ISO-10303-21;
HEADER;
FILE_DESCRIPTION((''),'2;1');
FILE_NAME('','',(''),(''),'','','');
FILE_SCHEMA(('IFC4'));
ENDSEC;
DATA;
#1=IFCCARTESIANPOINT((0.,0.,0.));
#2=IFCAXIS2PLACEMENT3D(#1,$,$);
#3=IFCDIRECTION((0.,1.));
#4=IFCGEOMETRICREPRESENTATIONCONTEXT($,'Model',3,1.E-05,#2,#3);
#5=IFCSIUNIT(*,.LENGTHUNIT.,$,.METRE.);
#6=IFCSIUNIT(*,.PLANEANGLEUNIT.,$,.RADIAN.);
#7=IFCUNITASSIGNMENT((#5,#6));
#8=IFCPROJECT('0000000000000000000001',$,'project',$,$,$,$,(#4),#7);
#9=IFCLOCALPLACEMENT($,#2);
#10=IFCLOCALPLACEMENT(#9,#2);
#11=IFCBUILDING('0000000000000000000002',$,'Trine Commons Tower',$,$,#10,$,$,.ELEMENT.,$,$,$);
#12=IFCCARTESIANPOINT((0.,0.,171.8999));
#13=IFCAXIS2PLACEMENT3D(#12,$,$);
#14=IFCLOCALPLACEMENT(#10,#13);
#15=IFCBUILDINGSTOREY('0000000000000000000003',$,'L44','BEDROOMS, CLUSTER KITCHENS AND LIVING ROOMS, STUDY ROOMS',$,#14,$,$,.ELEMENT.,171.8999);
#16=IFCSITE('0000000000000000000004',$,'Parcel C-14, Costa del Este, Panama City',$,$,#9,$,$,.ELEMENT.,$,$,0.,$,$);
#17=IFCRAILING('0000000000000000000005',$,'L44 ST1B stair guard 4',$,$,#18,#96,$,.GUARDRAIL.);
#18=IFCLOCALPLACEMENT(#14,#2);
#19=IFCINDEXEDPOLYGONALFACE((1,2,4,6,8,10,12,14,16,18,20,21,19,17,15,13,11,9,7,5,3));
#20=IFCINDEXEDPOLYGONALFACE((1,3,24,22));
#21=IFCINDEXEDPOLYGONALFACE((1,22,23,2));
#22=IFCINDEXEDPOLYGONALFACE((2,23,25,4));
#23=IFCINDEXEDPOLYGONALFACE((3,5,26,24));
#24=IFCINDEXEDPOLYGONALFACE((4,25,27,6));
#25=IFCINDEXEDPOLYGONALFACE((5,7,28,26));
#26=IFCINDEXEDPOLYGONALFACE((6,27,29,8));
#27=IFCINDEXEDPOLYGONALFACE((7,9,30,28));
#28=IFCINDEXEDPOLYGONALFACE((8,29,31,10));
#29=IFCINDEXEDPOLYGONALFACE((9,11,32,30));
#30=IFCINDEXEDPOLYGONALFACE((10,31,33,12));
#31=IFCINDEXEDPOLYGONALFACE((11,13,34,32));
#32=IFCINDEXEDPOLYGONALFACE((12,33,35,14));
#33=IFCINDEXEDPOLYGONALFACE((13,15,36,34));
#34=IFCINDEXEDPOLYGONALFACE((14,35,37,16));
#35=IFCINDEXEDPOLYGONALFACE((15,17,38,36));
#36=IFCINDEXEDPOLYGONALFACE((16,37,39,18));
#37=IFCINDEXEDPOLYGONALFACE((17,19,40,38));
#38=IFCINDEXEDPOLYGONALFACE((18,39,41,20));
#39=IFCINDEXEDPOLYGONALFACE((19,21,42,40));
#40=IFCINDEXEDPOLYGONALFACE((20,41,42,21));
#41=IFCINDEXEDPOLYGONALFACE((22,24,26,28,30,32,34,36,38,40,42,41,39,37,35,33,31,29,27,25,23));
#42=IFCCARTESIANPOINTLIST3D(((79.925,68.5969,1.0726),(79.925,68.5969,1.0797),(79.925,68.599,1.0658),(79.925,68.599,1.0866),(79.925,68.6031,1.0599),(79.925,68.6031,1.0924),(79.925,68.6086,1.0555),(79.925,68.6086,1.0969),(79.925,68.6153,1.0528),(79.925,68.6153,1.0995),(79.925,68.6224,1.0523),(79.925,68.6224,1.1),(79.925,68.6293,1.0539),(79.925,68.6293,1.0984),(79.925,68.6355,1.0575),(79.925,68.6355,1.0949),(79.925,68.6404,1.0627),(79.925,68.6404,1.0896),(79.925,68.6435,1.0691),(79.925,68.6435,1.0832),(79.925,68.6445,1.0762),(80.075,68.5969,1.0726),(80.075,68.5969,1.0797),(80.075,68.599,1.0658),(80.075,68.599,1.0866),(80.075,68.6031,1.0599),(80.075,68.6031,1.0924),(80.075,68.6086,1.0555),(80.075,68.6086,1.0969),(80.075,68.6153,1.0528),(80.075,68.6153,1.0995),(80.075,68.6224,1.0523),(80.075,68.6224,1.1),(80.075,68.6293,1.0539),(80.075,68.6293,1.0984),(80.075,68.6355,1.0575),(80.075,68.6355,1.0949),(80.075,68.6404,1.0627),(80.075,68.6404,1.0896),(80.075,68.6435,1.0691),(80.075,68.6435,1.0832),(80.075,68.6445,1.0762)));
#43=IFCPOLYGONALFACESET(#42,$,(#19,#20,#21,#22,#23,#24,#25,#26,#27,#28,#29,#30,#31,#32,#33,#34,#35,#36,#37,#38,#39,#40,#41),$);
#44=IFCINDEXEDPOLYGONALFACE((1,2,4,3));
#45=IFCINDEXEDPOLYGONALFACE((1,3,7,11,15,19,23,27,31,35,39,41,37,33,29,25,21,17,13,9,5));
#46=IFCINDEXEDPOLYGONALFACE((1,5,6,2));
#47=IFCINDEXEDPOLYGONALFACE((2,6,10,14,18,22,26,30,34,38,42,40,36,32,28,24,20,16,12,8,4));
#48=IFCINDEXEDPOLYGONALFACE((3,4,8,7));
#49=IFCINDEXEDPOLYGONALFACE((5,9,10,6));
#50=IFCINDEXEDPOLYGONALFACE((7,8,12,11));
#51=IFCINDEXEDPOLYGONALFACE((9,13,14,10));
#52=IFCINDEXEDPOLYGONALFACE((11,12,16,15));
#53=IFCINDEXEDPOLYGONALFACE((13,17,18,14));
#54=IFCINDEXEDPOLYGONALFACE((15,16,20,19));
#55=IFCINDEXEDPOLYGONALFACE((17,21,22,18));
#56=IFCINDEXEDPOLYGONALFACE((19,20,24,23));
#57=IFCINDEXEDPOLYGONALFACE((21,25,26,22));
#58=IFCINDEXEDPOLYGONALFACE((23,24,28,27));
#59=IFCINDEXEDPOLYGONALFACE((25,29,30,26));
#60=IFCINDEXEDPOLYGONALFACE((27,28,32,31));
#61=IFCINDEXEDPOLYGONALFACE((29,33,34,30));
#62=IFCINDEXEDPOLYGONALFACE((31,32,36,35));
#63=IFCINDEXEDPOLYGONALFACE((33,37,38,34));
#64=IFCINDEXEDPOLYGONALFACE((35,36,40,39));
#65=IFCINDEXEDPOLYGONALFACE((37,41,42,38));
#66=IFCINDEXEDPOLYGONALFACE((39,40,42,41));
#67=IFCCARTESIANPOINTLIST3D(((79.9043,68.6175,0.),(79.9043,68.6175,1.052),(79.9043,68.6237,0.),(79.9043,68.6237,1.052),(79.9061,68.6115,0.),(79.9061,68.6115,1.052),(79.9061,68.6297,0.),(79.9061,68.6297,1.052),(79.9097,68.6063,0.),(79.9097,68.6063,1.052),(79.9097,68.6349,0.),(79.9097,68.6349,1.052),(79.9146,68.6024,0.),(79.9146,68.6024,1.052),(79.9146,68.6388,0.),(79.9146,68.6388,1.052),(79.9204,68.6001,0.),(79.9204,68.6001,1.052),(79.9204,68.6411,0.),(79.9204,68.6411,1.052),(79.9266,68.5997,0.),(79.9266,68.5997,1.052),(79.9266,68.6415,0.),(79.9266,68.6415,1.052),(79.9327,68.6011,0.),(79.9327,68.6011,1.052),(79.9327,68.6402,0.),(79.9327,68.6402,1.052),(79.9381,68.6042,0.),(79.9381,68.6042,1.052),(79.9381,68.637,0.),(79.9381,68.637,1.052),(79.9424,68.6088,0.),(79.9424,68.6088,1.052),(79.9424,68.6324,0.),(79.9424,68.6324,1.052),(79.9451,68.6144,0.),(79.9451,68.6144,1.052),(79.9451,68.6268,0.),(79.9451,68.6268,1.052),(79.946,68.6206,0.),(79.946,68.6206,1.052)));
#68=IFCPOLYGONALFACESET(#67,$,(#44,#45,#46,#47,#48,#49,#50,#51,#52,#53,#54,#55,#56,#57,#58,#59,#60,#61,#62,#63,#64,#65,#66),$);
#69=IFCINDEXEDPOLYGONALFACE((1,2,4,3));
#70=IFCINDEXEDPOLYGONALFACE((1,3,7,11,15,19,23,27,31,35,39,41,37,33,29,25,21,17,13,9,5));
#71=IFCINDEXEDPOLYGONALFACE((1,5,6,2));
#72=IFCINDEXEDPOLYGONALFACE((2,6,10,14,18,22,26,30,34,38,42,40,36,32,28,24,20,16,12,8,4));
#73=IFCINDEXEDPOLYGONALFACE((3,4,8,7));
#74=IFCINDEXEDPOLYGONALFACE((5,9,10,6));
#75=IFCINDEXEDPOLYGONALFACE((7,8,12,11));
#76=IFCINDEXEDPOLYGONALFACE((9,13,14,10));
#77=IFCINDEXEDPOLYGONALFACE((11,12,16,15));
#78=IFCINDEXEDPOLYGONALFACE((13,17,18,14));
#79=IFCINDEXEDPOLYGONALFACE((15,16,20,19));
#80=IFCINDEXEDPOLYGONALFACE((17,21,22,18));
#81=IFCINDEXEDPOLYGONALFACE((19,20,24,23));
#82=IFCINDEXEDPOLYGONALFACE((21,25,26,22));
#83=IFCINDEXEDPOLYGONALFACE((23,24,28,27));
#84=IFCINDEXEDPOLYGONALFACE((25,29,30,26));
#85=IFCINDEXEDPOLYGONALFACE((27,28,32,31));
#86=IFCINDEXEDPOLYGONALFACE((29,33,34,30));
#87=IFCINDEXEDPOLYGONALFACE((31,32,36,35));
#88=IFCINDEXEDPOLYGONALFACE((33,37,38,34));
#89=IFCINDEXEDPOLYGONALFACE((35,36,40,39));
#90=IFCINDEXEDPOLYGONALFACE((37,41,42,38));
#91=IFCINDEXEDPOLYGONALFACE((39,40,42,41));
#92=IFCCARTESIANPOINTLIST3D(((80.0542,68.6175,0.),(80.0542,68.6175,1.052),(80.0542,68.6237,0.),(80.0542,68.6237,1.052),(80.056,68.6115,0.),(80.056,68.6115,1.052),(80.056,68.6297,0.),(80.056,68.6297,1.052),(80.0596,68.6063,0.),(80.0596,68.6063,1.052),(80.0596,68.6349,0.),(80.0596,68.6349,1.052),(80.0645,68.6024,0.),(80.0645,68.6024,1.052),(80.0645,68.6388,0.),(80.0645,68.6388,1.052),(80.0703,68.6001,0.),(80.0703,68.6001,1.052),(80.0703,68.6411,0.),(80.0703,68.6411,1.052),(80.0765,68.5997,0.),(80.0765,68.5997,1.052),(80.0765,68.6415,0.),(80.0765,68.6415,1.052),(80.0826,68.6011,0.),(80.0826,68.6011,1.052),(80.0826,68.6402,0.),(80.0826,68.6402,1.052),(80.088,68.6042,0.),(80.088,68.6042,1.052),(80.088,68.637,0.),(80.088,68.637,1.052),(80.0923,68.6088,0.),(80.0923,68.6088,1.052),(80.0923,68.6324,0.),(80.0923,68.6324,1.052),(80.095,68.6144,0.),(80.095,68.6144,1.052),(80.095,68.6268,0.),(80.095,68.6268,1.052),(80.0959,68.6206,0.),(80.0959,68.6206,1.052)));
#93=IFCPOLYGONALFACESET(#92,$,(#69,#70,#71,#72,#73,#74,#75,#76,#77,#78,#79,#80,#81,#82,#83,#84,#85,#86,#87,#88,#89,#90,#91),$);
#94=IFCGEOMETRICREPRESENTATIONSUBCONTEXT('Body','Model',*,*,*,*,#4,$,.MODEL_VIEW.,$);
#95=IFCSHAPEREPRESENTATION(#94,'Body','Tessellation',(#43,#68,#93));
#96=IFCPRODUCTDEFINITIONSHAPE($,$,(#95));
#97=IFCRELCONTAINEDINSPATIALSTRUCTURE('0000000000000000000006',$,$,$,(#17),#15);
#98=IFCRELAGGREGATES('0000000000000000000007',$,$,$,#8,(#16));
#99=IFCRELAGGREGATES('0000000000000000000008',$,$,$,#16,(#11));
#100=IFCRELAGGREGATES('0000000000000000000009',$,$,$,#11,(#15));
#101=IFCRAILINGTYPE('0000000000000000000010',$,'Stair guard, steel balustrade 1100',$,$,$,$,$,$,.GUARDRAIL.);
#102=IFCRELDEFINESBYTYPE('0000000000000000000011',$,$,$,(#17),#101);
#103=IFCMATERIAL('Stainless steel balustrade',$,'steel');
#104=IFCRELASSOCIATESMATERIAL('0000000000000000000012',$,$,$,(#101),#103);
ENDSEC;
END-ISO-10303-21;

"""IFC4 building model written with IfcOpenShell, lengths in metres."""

from ifc_helpers import new_model, si_unit, direction, frame, origin, origin_2d, place, context, subcontext, project, spatial, circle, extrude, material, type_object, element, save


model = new_model("IFC4")

# Units and contexts
model_context = context("Model", 3, precision=1e-05, world=origin(), true_north=direction((0.0, 1.0)))
body_context = subcontext(model_context, "Body", "Model", "MODEL_VIEW")
ifc_project = project(units=[si_unit("LENGTHUNIT", "METRE"), si_unit("PLANEANGLEUNIT", "RADIAN")], contexts=[model_context])

# Site, building, storey
site_placement = place(None, origin())
site = spatial("IfcSite", under=ifc_project, at=site_placement, Name="Parcel C-14, Costa del Este, Panama City", CompositionType="ELEMENT", RefElevation=0.0)
building_placement = place(site_placement, origin())
building = spatial("IfcBuilding", under=site, at=building_placement, Name="Trine Commons Tower", CompositionType="ELEMENT")
storey_placement = place(building_placement, frame((0.0, 0.0, 171.8999)))
storey = spatial("IfcBuildingStorey", under=building, at=storey_placement, Name="L44", Description="BEDROOMS, CLUSTER KITCHENS AND LIVING ROOMS, STUDY ROOMS", CompositionType="ELEMENT", Elevation=171.8999)

# Railing
ifc_material_1 = material(Name="Stainless steel balustrade", Category="steel")
railing_type_1 = type_object("IfcRailingType", Name="Stair guard, steel balustrade 1100", PredefinedType="GUARDRAIL", material=ifc_material_1)
railing_1_placement = place(storey_placement, frame((79.925, 68.6206, 0.0)))
element("IfcRailing", 1, at=railing_1_placement, inside=storey, type_object=railing_type_1, Name="L44 ST1B stair guard 4", PredefinedType="GUARDRAIL", context=body_context, shape_type="SweptSolid", body=[
    extrude(circle(Radius=0.0239, at=origin_2d()), frame((0.0, 0.0, 1.0762), z_axis=(1.0, 0.0, 0.0), x_axis=(0.0, 1.0, 0.0)), (0.0, 0.0, 1.0), 0.1499),
    extrude(circle(Radius=0.021, at=origin_2d()), origin(), (0.0, 0.0, 1.0), 1.052),
    extrude(circle(Radius=0.021, at=origin_2d()), frame((0.1499, 0.0, 0.0)), (0.0, 0.0, 1.0), 1.052),
])

save(model, "model.ifc")
